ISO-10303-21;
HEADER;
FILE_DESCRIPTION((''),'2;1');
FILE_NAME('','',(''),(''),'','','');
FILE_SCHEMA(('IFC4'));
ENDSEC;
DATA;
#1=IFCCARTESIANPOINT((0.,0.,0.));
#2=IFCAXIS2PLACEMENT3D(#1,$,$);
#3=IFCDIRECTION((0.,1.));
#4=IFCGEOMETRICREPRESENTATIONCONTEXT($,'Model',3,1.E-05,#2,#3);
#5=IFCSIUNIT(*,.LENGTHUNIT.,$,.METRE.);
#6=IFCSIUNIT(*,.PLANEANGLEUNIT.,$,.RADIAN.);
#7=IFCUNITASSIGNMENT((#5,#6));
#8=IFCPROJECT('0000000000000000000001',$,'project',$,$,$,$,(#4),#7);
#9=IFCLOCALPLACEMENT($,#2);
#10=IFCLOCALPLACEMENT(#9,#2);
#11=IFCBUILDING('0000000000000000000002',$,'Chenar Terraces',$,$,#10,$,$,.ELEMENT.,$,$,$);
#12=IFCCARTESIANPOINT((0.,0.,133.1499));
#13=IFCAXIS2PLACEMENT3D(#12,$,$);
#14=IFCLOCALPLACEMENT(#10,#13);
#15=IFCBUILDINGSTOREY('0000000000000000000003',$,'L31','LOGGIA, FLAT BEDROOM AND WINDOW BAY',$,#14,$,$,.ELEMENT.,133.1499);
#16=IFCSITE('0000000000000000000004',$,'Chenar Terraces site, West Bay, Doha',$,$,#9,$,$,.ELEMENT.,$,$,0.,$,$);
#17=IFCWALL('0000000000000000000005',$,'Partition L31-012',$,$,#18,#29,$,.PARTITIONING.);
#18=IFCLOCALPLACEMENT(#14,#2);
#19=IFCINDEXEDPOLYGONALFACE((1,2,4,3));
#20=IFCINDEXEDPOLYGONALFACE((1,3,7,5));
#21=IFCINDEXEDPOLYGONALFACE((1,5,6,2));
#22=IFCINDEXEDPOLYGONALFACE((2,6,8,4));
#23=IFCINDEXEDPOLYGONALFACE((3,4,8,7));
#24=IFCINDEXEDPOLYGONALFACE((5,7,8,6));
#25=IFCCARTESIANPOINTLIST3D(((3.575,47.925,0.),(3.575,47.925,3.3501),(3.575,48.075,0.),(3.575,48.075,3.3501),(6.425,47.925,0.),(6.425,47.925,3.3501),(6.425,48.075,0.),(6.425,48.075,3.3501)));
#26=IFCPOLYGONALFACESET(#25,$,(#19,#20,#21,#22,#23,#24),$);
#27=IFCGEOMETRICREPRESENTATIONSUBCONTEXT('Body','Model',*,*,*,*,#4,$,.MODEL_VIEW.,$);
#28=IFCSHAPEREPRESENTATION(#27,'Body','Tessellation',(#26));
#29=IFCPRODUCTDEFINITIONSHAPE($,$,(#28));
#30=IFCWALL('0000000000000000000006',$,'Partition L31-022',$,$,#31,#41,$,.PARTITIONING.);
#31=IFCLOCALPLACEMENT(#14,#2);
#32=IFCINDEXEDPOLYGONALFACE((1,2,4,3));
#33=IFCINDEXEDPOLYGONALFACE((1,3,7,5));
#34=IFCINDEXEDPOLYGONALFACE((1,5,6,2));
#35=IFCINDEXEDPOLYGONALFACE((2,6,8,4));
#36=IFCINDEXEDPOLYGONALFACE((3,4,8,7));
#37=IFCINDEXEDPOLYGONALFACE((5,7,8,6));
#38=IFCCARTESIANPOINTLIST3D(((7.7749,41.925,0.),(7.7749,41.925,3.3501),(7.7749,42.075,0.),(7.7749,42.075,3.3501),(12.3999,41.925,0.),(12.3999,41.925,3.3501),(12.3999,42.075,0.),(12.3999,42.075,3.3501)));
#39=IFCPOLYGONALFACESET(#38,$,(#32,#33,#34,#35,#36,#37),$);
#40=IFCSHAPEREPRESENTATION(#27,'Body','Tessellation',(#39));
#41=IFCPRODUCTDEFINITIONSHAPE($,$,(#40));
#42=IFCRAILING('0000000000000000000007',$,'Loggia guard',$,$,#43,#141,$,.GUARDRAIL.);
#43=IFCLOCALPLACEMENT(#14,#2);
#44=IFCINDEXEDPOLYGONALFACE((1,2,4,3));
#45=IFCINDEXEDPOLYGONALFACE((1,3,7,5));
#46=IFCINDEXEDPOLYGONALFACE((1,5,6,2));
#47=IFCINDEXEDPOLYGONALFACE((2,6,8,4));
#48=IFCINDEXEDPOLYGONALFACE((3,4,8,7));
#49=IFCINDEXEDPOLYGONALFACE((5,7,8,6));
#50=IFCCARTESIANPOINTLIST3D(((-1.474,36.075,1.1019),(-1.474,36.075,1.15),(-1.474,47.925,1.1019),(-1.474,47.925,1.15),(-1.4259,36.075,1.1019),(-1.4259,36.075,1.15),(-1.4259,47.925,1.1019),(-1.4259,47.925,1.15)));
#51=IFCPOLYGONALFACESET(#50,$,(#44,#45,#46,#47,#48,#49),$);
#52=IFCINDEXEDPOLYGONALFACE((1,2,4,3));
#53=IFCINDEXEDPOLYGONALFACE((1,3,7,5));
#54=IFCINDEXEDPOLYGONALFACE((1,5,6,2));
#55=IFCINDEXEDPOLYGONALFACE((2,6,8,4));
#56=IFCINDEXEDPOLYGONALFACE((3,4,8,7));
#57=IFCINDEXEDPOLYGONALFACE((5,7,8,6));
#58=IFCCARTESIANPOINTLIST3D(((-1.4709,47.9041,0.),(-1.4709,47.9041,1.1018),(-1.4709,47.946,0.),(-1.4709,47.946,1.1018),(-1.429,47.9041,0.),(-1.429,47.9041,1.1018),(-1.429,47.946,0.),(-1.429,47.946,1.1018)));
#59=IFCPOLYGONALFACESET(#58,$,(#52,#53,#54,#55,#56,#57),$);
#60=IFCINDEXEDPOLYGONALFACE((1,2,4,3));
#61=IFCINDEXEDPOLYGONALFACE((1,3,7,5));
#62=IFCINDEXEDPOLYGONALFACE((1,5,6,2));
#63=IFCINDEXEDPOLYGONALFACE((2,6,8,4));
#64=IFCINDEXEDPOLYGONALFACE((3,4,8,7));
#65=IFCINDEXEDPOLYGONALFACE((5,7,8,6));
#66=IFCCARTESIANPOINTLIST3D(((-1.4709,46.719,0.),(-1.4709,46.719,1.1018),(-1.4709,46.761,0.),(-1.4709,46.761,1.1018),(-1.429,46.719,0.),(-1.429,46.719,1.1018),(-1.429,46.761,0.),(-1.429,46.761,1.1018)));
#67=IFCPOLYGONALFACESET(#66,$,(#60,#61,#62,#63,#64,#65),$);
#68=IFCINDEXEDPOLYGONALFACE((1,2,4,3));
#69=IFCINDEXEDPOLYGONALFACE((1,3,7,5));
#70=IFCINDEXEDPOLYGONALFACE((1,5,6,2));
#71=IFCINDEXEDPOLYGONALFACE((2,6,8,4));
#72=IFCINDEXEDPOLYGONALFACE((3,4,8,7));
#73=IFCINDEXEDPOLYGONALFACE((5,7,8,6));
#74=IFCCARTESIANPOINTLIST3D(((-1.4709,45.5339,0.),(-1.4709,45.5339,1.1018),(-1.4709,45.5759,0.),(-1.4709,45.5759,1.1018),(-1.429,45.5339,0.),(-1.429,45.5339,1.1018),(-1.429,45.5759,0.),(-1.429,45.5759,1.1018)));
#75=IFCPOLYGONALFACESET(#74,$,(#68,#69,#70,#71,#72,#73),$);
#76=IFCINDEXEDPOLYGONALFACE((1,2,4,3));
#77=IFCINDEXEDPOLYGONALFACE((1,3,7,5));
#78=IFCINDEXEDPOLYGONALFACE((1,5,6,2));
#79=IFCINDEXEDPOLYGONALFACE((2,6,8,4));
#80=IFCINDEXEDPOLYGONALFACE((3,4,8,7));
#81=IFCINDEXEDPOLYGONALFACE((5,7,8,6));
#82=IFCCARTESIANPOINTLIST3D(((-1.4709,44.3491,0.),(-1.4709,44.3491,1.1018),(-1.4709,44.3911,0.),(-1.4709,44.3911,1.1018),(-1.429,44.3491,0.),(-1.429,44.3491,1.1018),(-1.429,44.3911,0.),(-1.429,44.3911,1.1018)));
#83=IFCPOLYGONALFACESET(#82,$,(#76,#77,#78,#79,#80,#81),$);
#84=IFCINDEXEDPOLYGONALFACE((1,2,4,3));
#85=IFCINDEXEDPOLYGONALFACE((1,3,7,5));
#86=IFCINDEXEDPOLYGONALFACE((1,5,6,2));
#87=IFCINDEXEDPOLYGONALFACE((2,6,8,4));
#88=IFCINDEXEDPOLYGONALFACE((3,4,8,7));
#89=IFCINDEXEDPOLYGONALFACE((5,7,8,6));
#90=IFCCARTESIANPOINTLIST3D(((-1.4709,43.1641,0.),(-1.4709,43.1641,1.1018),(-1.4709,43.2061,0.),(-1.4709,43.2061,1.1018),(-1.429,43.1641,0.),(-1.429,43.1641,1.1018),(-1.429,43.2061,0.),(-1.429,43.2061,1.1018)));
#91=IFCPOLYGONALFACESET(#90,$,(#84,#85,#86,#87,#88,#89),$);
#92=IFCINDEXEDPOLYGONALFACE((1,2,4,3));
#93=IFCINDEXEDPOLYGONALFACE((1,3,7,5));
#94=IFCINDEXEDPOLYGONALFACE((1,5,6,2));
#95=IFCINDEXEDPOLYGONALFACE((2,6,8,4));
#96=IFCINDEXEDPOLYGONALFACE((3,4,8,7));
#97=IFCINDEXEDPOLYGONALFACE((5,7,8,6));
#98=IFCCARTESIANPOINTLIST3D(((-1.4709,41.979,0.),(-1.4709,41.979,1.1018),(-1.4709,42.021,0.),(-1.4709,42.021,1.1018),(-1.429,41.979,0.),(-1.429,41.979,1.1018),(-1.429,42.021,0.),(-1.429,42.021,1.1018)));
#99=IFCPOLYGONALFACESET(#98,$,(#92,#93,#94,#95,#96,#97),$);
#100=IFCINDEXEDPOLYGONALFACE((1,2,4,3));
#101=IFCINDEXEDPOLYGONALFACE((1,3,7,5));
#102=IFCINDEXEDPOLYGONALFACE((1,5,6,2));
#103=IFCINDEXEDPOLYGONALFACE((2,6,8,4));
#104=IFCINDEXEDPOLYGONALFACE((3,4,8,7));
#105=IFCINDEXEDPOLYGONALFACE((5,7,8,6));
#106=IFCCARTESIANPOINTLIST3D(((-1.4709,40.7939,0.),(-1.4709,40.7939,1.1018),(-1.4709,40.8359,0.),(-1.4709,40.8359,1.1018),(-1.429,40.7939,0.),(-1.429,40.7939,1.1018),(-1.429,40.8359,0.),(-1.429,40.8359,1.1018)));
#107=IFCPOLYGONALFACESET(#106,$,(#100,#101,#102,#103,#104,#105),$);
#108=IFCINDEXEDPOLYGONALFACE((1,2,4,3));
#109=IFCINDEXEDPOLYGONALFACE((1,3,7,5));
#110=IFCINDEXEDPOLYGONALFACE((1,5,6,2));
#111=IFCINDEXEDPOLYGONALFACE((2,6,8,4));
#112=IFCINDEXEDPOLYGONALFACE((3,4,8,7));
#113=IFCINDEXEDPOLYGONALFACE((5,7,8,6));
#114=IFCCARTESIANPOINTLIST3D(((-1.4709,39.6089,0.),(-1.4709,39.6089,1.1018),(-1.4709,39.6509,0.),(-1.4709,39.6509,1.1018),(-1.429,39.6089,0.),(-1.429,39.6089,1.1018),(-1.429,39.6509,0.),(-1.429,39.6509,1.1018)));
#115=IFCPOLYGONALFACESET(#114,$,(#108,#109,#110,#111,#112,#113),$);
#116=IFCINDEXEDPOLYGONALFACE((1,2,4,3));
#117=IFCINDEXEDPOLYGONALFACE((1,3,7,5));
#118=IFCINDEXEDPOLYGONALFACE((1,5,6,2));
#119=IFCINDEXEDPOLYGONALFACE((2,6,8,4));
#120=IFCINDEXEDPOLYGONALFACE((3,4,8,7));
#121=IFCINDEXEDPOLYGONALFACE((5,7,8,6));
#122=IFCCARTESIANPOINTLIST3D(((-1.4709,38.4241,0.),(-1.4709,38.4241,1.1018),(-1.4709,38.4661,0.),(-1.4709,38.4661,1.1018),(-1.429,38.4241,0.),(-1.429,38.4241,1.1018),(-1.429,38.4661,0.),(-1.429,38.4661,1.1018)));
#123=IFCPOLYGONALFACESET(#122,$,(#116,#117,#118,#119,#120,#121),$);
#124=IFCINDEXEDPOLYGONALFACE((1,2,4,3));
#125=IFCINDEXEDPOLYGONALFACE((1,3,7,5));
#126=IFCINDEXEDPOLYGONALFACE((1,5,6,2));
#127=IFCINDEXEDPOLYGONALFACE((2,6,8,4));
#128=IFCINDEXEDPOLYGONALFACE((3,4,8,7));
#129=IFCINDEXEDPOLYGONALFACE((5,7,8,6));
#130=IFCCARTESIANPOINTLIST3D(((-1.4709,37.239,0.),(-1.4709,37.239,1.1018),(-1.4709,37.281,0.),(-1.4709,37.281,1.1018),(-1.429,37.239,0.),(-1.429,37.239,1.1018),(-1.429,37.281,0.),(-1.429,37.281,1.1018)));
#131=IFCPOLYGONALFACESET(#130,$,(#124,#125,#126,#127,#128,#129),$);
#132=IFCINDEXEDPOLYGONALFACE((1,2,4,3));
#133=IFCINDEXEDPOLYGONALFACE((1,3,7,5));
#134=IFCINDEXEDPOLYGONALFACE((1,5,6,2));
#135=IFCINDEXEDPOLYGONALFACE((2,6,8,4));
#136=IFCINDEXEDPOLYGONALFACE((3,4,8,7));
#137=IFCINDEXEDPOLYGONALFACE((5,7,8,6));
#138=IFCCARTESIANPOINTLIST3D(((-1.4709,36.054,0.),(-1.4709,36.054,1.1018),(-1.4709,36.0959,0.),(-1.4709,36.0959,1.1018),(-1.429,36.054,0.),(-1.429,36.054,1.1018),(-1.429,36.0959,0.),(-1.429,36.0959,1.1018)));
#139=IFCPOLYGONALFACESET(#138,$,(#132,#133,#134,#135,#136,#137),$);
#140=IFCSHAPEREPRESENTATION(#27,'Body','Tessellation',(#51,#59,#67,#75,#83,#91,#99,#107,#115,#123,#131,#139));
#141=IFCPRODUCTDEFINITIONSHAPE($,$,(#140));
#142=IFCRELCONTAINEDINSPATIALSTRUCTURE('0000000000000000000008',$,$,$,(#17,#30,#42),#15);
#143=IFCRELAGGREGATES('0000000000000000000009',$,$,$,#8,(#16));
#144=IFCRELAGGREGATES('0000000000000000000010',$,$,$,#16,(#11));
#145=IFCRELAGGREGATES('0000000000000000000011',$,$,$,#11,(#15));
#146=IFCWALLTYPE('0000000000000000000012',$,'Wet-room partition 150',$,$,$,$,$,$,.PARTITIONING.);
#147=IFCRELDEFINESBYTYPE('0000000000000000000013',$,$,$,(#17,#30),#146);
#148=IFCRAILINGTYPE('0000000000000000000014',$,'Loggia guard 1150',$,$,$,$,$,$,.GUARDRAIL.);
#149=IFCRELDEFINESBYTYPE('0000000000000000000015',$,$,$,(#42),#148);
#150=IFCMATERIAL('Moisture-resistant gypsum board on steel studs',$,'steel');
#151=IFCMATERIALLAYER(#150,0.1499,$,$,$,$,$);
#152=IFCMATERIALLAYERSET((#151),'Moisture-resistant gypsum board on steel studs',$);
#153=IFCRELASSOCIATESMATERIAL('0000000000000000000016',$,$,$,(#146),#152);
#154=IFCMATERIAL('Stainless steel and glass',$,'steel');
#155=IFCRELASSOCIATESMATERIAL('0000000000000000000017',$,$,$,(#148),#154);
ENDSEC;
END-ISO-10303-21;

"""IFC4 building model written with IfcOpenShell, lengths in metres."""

from ifc_helpers import new_model, si_unit, direction, frame, frame_2d, origin, origin_2d, place, context, subcontext, project, spatial, rectangle, extrude, material, layer, layer_set, type_object, element, save


model = new_model("IFC4")

# Units and contexts
model_context = context("Model", 3, precision=1e-05, world=origin(), true_north=direction((0.0, 1.0)))
body_context = subcontext(model_context, "Body", "Model", "MODEL_VIEW")
ifc_project = project(units=[si_unit("LENGTHUNIT", "METRE"), si_unit("PLANEANGLEUNIT", "RADIAN")], contexts=[model_context])

# Site, building, storey
site_placement = place(None, origin())
site = spatial("IfcSite", under=ifc_project, at=site_placement, Name="Chenar Terraces site, West Bay, Doha", CompositionType="ELEMENT", RefElevation=0.0)
building_placement = place(site_placement, origin())
building = spatial("IfcBuilding", under=site, at=building_placement, Name="Chenar Terraces", CompositionType="ELEMENT")
storey_placement = place(building_placement, frame((0.0, 0.0, 133.1499)))
storey = spatial("IfcBuildingStorey", under=building, at=storey_placement, Name="L31", Description="LOGGIA, FLAT BEDROOM AND WINDOW BAY", CompositionType="ELEMENT", Elevation=133.1499)

# Shared definitions
ifc_material_1 = material(Name="Moisture-resistant gypsum board on steel studs", Category="steel")
ifc_layer_1 = layer(ifc_material_1, 0.1499)
ifc_layer_set_1 = layer_set([ifc_layer_1], Name="Moisture-resistant gypsum board on steel studs")
wall_type_1 = type_object("IfcWallType", Name="Wet-room partition 150", PredefinedType="PARTITIONING", material=ifc_layer_set_1)

# Walls
wall_1_placement = place(storey_placement, frame((3.575, 48.0, 0.0), z_axis=(0.0, 0.0, 1.0), x_axis=(1.0, 0.0, 0.0)))
element("IfcWall", 1, at=wall_1_placement, inside=storey, type_object=wall_type_1, Name="Partition L31-012", PredefinedType="PARTITIONING", context=body_context, shape_type="SweptSolid", body=[
    extrude(rectangle(XDim=2.8501, YDim=0.1499, at=frame_2d((1.425, 0.0))), origin(), (0.0, 0.0, 1.0), 3.3501),
])
wall_2_placement = place(storey_placement, frame((7.7749, 42.0, 0.0), z_axis=(0.0, 0.0, 1.0), x_axis=(1.0, 0.0, 0.0)))
element("IfcWall", 2, at=wall_2_placement, inside=storey, type_object=wall_type_1, Name="Partition L31-022", PredefinedType="PARTITIONING", context=body_context, shape_type="SweptSolid", body=[
    extrude(rectangle(XDim=4.625, YDim=0.1499, at=frame_2d((2.3125, 0.0))), origin(), (0.0, 0.0, 1.0), 3.3501),
])

# Railing
ifc_material_2 = material(Name="Stainless steel and glass", Category="steel")
railing_type = type_object("IfcRailingType", Name="Loggia guard 1150", PredefinedType="GUARDRAIL", material=ifc_material_2)
railing_placement = place(storey_placement, frame((-1.45, 47.925, 0.0)))
element("IfcRailing", 3, at=railing_placement, inside=storey, type_object=railing_type, Name="Loggia guard", PredefinedType="GUARDRAIL", context=body_context, shape_type="SweptSolid", body=[
    extrude(rectangle(XDim=0.0481, YDim=0.0481, at=origin_2d()), frame((0.0, 0.0, 1.126), z_axis=(0.0, -1.0, 0.0), x_axis=(1.0, 0.0, 0.0)), (0.0, 0.0, 1.0), 11.8501),
    extrude(rectangle(XDim=0.042, YDim=0.042, at=origin_2d()), origin(), (0.0, 0.0, 1.0), 1.1018),
    extrude(rectangle(XDim=0.042, YDim=0.042, at=origin_2d()), frame((0.0, -1.1851, 0.0)), (0.0, 0.0, 1.0), 1.1018),
    extrude(rectangle(XDim=0.042, YDim=0.042, at=origin_2d()), frame((0.0, -2.3701, 0.0)), (0.0, 0.0, 1.0), 1.1018),
    extrude(rectangle(XDim=0.042, YDim=0.042, at=origin_2d()), frame((0.0, -3.5549, 0.0)), (0.0, 0.0, 1.0), 1.1018),
    extrude(rectangle(XDim=0.042, YDim=0.042, at=origin_2d()), frame((0.0, -4.74, 0.0)), (0.0, 0.0, 1.0), 1.1018),
    extrude(rectangle(XDim=0.042, YDim=0.042, at=origin_2d()), frame((0.0, -5.925, 0.0)), (0.0, 0.0, 1.0), 1.1018),
    extrude(rectangle(XDim=0.042, YDim=0.042, at=origin_2d()), frame((0.0, -7.1101, 0.0)), (0.0, 0.0, 1.0), 1.1018),
    extrude(rectangle(XDim=0.042, YDim=0.042, at=origin_2d()), frame((0.0, -8.2952, 0.0)), (0.0, 0.0, 1.0), 1.1018),
    extrude(rectangle(XDim=0.042, YDim=0.042, at=origin_2d()), frame((0.0, -9.48, 0.0)), (0.0, 0.0, 1.0), 1.1018),
    extrude(rectangle(XDim=0.042, YDim=0.042, at=origin_2d()), frame((0.0, -10.665, 0.0)), (0.0, 0.0, 1.0), 1.1018),
    extrude(rectangle(XDim=0.042, YDim=0.042, at=origin_2d()), frame((0.0, -11.8501, 0.0)), (0.0, 0.0, 1.0), 1.1018),
])

save(model, "model.ifc")
